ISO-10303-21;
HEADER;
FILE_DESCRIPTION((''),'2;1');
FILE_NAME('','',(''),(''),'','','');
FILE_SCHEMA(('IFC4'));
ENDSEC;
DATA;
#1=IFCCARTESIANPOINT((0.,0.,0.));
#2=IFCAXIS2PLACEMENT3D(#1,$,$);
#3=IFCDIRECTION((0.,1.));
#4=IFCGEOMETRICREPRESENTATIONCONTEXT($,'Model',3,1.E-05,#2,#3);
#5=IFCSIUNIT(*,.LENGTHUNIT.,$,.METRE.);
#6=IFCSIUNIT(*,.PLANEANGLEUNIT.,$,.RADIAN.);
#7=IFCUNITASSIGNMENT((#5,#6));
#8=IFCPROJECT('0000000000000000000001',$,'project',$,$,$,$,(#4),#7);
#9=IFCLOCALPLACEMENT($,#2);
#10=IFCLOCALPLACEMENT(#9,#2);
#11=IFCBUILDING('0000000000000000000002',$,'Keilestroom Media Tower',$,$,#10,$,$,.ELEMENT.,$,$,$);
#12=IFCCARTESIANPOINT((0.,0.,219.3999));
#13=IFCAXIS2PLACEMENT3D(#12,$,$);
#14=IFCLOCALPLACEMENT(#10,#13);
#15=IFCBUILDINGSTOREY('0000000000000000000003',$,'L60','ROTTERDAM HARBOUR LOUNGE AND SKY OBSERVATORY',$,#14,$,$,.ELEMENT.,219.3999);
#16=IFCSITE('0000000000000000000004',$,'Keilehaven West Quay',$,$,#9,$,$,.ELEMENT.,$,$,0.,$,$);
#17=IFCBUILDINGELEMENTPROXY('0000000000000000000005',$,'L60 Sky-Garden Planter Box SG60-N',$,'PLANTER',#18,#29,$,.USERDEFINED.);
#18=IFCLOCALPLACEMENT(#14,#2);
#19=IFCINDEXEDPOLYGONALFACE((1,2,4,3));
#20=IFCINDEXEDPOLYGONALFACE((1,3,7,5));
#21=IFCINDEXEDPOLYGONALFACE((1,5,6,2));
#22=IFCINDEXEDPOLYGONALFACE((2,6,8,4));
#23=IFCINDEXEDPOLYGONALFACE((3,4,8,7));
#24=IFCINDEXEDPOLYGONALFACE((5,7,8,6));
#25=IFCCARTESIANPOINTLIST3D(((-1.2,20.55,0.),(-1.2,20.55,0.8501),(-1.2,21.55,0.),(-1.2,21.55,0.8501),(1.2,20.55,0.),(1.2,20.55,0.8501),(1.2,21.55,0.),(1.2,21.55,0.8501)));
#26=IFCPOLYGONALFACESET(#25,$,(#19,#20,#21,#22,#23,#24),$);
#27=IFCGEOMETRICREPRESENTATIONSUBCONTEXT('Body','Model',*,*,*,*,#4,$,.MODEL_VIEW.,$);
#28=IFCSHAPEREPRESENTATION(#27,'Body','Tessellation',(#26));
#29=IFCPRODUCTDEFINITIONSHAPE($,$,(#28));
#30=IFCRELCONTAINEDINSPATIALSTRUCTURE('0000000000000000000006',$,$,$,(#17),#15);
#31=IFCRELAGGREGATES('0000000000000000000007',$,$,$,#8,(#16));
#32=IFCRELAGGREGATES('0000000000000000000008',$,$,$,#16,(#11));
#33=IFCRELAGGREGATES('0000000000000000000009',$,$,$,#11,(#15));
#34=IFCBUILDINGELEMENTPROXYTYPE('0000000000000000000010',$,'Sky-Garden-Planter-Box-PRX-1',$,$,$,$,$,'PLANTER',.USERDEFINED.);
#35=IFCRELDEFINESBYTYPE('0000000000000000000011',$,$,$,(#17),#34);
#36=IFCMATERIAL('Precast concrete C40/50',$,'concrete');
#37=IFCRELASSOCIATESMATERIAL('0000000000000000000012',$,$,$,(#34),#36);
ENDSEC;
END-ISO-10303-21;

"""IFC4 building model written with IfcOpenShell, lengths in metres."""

from ifc_helpers import new_model, si_unit, direction, frame, origin, origin_2d, place, context, subcontext, project, spatial, rectangle, extrude, source, transform, mapped, material, type_object, element, save


model = new_model("IFC4")

# Units and contexts
model_context = context("Model", 3, precision=1e-05, world=origin(), true_north=direction((0.0, 1.0)))
body_context = subcontext(model_context, "Body", "Model", "MODEL_VIEW")
ifc_project = project(units=[si_unit("LENGTHUNIT", "METRE"), si_unit("PLANEANGLEUNIT", "RADIAN")], contexts=[model_context])

# Site, building, storey
site_placement = place(None, origin())
site = spatial("IfcSite", under=ifc_project, at=site_placement, Name="Keilehaven West Quay", CompositionType="ELEMENT", RefElevation=0.0)
building_placement = place(site_placement, origin())
building = spatial("IfcBuilding", under=site, at=building_placement, Name="Keilestroom Media Tower", CompositionType="ELEMENT")
storey_placement = place(building_placement, frame((0.0, 0.0, 219.3999)))
storey = spatial("IfcBuildingStorey", under=building, at=storey_placement, Name="L60", Description="ROTTERDAM HARBOUR LOUNGE AND SKY OBSERVATORY", CompositionType="ELEMENT", Elevation=219.3999)

# Shared definitions
ifc_material_1 = material(Name="Precast concrete C40/50", Category="concrete")

# Building element proxy
building_element_proxy_type = type_object("IfcBuildingElementProxyType", Name="Sky-Garden-Planter-Box-PRX-1", ElementType="PLANTER", PredefinedType="USERDEFINED", material=ifc_material_1)
shared_shape_1 = source(origin(), body_context, "Body", "SweptSolid", [
    extrude(rectangle(XDim=2.3999, YDim=1.0, at=origin_2d()), origin(), (0.0, 0.0, 1.0), 0.8501),
])
proxy_placement = place(storey_placement, frame((0.0, 21.05, 0.0), z_axis=(0.0, 0.0, 1.0), x_axis=(1.0, 0.0, 0.0)))
element("IfcBuildingElementProxy", 1, at=proxy_placement, inside=storey, type_object=building_element_proxy_type, Name="L60 Sky-Garden Planter Box SG60-N", ObjectType="PLANTER", PredefinedType="USERDEFINED", context=body_context, shape_type="MappedRepresentation", body=[
    mapped(shared_shape_1, transform((0.0, 0.0, 0.0), x_axis=(1.0, 0.0, 0.0), y_axis=(0.0, 1.0, 0.0), z_axis=(0.0, 0.0, 1.0), scale=1.0)),
])

save(model, "model.ifc")
